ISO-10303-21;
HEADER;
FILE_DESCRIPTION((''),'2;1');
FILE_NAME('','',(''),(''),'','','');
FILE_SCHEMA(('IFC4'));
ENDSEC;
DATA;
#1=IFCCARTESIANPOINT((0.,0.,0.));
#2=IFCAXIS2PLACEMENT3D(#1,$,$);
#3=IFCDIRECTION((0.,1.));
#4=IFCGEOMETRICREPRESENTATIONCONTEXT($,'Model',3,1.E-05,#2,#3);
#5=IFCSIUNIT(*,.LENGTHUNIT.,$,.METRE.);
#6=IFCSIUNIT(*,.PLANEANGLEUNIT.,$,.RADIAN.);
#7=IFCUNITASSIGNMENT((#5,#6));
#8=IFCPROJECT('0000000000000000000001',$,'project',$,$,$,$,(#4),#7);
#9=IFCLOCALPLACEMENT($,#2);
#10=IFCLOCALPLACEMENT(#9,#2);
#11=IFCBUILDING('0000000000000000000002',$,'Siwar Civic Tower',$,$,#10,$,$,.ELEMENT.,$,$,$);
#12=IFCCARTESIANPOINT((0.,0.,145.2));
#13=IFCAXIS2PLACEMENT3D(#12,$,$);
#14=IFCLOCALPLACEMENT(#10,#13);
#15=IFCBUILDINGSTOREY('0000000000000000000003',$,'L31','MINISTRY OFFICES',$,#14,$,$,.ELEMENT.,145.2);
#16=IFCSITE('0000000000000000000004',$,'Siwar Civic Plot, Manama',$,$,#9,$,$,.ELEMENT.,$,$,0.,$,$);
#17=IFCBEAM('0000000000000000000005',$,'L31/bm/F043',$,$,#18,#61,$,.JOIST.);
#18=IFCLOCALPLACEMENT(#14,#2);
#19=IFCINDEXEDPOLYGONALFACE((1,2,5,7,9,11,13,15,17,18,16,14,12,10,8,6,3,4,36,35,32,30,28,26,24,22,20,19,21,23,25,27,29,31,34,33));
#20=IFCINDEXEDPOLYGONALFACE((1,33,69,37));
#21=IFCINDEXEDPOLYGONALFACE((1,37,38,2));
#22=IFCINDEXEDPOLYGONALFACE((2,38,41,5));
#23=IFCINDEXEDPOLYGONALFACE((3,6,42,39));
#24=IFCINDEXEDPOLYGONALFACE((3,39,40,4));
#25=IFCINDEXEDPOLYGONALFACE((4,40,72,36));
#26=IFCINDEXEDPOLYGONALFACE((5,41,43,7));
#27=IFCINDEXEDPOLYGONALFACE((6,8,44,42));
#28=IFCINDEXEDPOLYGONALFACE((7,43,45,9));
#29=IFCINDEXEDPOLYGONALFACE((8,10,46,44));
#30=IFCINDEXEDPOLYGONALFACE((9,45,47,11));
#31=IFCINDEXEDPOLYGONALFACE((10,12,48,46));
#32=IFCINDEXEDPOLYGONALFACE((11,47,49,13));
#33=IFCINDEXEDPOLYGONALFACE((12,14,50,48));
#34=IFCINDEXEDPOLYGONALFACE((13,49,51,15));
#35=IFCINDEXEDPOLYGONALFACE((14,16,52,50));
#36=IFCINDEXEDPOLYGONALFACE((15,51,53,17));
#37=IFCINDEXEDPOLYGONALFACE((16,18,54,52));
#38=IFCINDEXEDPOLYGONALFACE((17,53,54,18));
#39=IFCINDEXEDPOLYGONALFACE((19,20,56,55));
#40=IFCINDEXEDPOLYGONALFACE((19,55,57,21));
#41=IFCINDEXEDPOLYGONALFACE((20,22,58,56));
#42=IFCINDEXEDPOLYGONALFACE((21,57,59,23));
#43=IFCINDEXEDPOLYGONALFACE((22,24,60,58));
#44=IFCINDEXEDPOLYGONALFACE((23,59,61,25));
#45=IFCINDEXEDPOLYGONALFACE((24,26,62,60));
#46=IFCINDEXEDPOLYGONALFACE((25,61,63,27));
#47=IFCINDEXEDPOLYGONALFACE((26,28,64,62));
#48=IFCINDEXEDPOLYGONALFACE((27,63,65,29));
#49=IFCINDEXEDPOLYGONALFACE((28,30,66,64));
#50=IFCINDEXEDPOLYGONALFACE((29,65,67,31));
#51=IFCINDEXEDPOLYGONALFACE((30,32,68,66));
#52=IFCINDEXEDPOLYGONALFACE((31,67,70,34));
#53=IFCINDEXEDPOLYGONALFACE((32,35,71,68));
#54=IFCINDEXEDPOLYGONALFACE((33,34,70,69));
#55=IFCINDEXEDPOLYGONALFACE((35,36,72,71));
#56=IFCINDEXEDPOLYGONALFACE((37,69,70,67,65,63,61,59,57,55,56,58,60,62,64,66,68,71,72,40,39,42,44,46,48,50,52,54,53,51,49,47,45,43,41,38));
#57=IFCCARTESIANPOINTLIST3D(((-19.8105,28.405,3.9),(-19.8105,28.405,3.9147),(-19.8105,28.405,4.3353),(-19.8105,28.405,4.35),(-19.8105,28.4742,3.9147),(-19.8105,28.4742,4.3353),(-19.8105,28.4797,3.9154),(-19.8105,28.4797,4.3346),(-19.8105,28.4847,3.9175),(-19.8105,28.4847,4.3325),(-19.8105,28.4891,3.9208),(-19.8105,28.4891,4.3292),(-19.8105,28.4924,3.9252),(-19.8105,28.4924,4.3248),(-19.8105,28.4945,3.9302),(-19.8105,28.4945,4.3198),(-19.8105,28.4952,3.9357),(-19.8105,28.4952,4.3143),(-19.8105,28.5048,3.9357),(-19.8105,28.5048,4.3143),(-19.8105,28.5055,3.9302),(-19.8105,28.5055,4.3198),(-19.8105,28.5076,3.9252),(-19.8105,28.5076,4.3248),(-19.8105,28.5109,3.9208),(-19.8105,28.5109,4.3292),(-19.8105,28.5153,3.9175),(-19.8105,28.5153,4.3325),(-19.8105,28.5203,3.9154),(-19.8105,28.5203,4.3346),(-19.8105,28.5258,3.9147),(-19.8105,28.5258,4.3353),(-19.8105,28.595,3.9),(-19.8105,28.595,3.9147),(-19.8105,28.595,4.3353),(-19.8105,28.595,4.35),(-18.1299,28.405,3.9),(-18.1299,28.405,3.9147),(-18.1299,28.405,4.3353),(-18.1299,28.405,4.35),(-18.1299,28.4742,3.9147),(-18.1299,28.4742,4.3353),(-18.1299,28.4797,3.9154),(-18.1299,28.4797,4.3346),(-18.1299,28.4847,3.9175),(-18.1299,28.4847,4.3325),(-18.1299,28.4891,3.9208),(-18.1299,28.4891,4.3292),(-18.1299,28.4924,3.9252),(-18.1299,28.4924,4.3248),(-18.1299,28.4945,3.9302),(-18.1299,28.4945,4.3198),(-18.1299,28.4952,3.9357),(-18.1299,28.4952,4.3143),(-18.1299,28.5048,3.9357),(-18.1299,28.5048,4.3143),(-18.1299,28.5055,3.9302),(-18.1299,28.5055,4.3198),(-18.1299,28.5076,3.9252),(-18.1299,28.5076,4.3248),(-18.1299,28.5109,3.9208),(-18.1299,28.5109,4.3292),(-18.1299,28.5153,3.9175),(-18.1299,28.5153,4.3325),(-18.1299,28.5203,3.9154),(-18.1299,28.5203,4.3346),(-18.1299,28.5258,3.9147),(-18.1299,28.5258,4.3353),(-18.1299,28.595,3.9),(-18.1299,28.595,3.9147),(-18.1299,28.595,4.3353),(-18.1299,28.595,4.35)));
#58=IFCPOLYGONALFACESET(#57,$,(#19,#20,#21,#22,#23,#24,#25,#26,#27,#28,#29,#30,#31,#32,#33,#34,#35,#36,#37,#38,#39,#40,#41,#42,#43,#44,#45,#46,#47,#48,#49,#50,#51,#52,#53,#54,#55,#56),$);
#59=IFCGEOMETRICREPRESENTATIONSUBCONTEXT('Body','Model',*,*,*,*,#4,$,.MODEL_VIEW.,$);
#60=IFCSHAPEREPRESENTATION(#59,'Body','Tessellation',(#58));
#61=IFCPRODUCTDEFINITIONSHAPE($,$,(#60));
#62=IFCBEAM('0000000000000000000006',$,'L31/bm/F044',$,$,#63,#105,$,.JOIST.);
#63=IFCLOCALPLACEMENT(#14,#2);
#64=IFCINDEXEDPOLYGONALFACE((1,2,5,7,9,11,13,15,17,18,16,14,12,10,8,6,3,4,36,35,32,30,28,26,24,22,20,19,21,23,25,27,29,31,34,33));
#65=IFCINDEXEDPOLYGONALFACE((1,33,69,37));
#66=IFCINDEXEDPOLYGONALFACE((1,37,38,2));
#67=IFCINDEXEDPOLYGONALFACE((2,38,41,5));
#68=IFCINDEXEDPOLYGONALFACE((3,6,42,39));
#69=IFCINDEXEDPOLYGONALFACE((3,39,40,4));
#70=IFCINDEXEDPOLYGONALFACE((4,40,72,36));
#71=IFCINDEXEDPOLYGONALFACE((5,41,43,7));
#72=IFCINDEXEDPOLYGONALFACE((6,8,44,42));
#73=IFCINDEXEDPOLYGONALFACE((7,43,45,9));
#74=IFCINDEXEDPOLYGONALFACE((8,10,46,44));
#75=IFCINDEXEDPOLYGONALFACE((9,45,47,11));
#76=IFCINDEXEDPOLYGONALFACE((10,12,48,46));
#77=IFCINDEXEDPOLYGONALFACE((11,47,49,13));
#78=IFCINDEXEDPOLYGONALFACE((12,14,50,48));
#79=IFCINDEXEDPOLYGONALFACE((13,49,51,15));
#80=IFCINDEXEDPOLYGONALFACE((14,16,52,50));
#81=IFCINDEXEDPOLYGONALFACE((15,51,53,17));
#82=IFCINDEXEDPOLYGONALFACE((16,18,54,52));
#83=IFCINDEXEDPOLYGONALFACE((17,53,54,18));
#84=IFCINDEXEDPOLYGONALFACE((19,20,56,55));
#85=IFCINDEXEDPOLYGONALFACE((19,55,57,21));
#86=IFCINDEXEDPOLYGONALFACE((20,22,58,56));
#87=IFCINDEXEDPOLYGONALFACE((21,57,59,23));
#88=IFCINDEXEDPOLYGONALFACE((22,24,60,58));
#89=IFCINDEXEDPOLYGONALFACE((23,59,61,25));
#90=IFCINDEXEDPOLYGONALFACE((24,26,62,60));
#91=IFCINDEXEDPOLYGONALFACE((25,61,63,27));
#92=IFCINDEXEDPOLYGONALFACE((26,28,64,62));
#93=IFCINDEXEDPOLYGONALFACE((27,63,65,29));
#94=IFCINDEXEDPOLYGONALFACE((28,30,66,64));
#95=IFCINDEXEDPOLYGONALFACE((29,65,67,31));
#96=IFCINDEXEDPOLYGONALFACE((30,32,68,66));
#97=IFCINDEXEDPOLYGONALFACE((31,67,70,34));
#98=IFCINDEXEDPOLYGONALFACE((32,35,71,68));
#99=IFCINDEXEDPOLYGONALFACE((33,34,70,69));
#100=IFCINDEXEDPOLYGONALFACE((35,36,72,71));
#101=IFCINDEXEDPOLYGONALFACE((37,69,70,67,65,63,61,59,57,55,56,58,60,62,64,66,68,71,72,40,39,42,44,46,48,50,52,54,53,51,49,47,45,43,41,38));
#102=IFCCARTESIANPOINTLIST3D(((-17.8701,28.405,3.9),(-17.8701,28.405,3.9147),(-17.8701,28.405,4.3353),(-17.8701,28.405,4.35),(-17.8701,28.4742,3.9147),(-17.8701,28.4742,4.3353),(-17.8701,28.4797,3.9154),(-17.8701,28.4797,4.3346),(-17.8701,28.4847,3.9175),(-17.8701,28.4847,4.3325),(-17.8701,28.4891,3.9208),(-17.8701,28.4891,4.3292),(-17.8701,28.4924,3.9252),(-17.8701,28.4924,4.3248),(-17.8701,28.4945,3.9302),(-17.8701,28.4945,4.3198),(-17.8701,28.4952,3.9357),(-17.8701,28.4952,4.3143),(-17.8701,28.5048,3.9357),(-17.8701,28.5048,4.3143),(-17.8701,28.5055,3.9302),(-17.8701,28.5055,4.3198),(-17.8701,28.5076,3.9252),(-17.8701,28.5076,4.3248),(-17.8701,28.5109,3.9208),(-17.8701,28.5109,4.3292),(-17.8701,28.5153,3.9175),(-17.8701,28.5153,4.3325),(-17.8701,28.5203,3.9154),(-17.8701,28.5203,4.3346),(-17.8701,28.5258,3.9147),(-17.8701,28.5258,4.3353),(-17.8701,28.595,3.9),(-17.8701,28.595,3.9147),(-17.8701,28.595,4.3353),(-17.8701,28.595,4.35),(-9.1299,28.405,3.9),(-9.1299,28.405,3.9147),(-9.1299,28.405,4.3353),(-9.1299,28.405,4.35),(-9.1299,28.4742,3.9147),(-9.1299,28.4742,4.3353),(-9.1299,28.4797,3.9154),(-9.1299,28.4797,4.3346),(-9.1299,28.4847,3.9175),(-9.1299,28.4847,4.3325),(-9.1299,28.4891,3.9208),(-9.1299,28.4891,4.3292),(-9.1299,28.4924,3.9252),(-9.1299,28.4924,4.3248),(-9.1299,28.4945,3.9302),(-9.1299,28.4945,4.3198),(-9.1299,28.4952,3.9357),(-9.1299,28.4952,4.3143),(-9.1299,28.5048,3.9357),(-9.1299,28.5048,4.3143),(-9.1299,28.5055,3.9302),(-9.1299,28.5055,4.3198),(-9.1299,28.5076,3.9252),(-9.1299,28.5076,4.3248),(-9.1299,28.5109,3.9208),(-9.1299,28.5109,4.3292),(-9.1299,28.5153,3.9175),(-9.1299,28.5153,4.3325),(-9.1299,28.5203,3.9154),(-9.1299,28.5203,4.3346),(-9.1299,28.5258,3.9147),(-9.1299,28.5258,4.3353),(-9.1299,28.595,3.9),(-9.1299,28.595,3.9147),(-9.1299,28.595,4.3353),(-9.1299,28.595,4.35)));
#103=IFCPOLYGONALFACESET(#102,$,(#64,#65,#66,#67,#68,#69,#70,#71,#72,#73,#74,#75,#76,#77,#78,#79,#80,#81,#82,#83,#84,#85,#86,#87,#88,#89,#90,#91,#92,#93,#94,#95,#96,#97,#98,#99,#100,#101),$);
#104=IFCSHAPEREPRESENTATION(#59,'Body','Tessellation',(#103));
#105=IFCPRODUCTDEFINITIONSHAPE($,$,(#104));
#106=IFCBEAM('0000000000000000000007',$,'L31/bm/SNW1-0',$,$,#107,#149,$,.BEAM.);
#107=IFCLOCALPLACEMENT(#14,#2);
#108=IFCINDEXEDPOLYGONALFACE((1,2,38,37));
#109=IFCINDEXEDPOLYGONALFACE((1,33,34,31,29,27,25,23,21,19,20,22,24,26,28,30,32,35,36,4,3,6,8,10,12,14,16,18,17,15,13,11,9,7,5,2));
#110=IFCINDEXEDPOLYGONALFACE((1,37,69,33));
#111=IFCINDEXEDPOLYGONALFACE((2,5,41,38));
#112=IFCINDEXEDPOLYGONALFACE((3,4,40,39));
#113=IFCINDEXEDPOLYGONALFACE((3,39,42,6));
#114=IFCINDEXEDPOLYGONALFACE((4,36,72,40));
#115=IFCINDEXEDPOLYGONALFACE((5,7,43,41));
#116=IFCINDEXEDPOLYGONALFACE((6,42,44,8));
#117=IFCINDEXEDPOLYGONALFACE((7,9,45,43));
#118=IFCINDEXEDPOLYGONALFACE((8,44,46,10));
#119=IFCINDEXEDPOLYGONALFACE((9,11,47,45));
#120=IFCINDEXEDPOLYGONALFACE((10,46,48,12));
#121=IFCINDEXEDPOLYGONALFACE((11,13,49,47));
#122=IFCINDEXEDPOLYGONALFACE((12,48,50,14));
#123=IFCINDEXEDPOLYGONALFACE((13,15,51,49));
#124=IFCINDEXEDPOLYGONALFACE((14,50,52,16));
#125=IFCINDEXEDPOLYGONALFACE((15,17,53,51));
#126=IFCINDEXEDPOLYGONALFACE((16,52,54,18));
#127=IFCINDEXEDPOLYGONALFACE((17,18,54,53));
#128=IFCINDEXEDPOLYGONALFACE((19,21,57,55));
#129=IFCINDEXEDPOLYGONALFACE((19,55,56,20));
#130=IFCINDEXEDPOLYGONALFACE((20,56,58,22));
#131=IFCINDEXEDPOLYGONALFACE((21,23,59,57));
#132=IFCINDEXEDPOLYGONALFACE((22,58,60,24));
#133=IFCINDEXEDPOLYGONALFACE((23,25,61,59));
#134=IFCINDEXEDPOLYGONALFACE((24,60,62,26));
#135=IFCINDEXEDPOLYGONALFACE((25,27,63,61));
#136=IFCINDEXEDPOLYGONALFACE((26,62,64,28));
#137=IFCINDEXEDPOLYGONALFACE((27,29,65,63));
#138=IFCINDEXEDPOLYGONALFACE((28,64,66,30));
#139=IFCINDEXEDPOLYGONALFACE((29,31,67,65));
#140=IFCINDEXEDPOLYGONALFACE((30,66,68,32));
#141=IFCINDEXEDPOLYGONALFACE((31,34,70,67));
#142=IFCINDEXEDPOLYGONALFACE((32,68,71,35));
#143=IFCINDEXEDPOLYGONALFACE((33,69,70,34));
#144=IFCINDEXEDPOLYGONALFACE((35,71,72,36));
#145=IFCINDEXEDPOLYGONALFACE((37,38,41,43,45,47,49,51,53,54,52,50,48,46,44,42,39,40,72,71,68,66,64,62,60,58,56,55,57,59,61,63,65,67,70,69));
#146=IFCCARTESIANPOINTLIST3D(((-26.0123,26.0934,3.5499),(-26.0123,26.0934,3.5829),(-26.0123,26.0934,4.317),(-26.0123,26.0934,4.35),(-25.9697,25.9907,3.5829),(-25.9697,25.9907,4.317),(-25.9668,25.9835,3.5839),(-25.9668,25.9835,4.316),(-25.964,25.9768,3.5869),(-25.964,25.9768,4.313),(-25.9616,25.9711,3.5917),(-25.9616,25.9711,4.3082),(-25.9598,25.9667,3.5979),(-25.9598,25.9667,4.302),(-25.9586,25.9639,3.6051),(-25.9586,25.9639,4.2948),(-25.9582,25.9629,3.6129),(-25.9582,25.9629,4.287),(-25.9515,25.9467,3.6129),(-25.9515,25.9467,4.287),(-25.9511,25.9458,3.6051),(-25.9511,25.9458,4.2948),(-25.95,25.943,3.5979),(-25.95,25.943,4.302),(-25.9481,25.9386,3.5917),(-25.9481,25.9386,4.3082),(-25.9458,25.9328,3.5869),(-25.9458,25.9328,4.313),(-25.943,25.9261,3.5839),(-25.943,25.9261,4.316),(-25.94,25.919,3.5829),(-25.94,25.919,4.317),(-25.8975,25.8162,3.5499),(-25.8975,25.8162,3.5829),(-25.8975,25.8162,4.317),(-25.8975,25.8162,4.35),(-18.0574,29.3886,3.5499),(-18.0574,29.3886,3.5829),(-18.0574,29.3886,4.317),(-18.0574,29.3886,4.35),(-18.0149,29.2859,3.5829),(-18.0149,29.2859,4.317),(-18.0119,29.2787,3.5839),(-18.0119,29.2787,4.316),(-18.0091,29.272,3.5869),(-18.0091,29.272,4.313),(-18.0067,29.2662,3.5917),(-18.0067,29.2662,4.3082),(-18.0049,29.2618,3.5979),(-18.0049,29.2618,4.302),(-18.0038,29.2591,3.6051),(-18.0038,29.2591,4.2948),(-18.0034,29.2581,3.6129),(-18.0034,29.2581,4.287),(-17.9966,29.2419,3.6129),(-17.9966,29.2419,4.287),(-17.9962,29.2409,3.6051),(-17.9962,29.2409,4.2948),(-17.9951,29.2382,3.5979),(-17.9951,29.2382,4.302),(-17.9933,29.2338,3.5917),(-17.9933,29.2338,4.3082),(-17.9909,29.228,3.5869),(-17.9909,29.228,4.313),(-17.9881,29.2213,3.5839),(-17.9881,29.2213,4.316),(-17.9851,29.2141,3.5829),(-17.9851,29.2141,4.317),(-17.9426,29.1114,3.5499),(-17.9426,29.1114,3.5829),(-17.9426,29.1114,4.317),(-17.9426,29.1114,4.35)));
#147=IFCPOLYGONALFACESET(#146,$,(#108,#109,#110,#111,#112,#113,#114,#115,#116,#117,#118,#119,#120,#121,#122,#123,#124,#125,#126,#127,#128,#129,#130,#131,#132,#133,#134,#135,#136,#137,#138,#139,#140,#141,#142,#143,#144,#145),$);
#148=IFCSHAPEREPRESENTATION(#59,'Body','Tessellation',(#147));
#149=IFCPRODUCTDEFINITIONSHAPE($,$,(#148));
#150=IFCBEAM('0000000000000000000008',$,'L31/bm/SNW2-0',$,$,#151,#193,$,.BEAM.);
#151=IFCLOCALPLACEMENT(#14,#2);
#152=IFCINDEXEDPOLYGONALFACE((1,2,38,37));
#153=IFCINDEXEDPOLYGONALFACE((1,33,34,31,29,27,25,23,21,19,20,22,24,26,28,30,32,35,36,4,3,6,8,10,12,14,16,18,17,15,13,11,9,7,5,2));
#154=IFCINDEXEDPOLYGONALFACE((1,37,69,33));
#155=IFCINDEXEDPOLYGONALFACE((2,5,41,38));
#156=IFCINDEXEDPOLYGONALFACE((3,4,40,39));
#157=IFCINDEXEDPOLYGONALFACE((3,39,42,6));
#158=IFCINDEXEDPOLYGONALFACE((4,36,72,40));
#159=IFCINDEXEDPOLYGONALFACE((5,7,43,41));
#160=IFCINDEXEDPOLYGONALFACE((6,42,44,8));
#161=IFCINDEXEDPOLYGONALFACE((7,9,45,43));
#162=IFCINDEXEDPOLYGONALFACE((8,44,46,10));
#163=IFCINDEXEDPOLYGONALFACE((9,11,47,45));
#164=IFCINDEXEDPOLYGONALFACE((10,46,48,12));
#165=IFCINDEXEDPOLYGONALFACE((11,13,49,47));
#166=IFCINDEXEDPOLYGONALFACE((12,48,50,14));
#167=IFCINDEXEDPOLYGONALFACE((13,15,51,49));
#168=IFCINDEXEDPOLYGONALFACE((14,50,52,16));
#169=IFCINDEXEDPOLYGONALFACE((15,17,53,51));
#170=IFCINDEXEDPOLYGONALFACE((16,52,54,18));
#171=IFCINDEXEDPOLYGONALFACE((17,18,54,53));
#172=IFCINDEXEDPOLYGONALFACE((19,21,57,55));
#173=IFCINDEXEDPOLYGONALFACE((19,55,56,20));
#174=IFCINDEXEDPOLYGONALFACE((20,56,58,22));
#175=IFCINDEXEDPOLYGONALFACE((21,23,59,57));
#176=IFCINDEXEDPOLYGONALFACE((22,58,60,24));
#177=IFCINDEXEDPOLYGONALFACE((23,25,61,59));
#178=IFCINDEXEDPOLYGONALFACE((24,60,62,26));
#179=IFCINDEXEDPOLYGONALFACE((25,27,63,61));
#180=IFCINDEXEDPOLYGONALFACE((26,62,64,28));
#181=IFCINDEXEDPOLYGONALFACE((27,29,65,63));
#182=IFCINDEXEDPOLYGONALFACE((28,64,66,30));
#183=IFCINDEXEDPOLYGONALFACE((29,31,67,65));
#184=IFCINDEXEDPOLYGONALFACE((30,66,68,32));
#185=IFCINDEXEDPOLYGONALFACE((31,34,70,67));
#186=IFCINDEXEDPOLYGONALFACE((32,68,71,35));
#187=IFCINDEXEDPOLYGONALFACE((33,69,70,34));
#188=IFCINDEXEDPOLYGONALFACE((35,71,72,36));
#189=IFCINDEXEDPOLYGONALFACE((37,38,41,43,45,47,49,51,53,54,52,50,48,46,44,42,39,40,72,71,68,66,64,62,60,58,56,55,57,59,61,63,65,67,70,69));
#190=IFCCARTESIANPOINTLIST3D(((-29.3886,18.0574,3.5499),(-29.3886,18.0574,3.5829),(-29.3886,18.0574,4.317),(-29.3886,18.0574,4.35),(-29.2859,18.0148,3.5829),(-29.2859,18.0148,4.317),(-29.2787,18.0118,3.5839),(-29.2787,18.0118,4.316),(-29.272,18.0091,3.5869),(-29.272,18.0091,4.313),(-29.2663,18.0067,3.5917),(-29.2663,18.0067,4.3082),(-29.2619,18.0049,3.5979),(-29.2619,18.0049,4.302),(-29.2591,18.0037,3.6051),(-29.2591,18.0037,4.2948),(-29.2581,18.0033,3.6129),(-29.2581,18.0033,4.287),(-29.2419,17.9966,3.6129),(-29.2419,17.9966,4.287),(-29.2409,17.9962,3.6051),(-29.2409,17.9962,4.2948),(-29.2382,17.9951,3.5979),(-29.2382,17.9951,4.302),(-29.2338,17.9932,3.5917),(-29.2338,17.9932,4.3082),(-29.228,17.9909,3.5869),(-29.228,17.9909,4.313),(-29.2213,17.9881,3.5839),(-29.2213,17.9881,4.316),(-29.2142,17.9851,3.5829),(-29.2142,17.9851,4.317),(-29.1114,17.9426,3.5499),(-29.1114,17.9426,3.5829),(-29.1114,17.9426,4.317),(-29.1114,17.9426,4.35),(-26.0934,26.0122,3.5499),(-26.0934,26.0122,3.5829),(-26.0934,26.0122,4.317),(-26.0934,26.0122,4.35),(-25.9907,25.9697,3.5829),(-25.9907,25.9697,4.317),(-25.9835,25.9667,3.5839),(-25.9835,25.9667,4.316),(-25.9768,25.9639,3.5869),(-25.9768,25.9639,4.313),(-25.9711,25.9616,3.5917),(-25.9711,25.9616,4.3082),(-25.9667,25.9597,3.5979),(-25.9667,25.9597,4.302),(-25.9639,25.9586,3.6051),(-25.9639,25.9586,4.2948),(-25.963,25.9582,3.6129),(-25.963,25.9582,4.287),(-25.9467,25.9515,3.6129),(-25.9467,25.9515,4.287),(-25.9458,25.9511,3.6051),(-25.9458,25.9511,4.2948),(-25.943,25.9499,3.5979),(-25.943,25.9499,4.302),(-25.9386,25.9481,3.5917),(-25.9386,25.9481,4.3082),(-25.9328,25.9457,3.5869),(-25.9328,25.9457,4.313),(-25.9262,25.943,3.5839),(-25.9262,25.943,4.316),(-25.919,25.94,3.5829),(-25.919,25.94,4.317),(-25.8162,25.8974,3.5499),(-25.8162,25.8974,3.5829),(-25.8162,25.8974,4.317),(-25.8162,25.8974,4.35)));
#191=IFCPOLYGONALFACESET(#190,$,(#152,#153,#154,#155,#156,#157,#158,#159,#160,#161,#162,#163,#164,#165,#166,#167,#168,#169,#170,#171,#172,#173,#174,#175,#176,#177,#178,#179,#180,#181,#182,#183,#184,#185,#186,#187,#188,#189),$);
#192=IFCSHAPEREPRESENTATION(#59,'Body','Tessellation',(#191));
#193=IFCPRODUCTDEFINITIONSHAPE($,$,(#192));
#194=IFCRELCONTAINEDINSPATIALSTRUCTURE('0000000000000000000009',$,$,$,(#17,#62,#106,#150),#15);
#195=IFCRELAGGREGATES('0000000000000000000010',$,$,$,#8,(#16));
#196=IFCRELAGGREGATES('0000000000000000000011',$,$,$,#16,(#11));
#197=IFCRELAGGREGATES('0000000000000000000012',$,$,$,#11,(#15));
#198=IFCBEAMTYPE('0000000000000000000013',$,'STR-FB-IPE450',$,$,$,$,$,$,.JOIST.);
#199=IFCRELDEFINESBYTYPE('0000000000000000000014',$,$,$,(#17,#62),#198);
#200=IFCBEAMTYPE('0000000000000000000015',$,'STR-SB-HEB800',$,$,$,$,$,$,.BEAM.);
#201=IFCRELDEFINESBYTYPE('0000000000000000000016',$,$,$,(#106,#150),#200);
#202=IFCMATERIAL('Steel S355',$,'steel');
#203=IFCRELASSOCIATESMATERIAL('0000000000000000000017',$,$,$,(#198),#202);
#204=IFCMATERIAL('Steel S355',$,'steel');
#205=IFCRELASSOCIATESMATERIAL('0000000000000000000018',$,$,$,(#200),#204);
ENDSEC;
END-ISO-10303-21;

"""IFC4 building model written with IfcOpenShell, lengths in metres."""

from ifc_helpers import new_model, si_unit, direction, frame, origin, origin_2d, place, context, subcontext, project, spatial, i_section, extrude, material, material_profile, profile_set, type_object, element, save


model = new_model("IFC4")

# Units and contexts
model_context = context("Model", 3, precision=1e-05, world=origin(), true_north=direction((0.0, 1.0)))
body_context = subcontext(model_context, "Body", "Model", "MODEL_VIEW")
ifc_project = project(units=[si_unit("LENGTHUNIT", "METRE"), si_unit("PLANEANGLEUNIT", "RADIAN")], contexts=[model_context])

# Site, building, storey
site_placement = place(None, origin())
site = spatial("IfcSite", under=ifc_project, at=site_placement, Name="Siwar Civic Plot, Manama", CompositionType="ELEMENT", RefElevation=0.0)
building_placement = place(site_placement, origin())
building = spatial("IfcBuilding", under=site, at=building_placement, Name="Siwar Civic Tower", CompositionType="ELEMENT")
storey_placement = place(building_placement, frame((0.0, 0.0, 145.2)))
storey = spatial("IfcBuildingStorey", under=building, at=storey_placement, Name="L31", Description="MINISTRY OFFICES", CompositionType="ELEMENT", Elevation=145.2)

# Beams
ifc_material_1 = material(Name="Steel S355", Category="steel")
ifc_material_profile_1 = material_profile(ifc_material_1, i_section(OverallWidth=0.1899, OverallDepth=0.45, WebThickness=0.0095, FlangeThickness=0.0146, FilletRadius=0.021, at=origin_2d()), Name="IPE450")
ifc_profile_set_1 = profile_set([ifc_material_profile_1], Name="Steel S355")
beam_type_1 = type_object("IfcBeamType", Name="STR-FB-IPE450", PredefinedType="JOIST", material=ifc_profile_set_1)
beam_1_placement = place(storey_placement, frame((-19.8105, 28.5, 4.125), z_axis=(1.0, 0.0, 0.0), x_axis=(0.0, 1.0, 0.0)))
element("IfcBeam", 1, at=beam_1_placement, inside=storey, type_object=beam_type_1, Name="L31/bm/F043", PredefinedType="JOIST", context=body_context, shape_type="SweptSolid", body=[
    extrude(i_section(OverallWidth=0.1899, OverallDepth=0.45, WebThickness=0.0095, FlangeThickness=0.0146, FilletRadius=0.021, at=origin_2d()), origin(), (0.0, 0.0, 1.0), 1.6807),
])
beam_2_placement = place(storey_placement, frame((-17.8701, 28.5, 4.125), z_axis=(1.0, 0.0, 0.0), x_axis=(0.0, 1.0, 0.0)))
element("IfcBeam", 2, at=beam_2_placement, inside=storey, type_object=beam_type_1, Name="L31/bm/F044", PredefinedType="JOIST", context=body_context, shape_type="SweptSolid", body=[
    extrude(i_section(OverallWidth=0.1899, OverallDepth=0.45, WebThickness=0.0095, FlangeThickness=0.0146, FilletRadius=0.021, at=origin_2d()), origin(), (0.0, 0.0, 1.0), 8.7402),
])
ifc_material_2 = material(Name="Steel S355", Category="steel")
ifc_material_profile_2 = material_profile(ifc_material_2, i_section(OverallWidth=0.3, OverallDepth=0.8, WebThickness=0.0176, FlangeThickness=0.033, FilletRadius=0.03, at=origin_2d()), Name="HEB800")
ifc_profile_set_2 = profile_set([ifc_material_profile_2], Name="Steel S355")
beam_type_2 = type_object("IfcBeamType", Name="STR-SB-HEB800", PredefinedType="BEAM", material=ifc_profile_set_2)
for number, where, z_axis, x_axis, name in (
    (3, (-18.0, 29.25, 3.95), (-0.923873, -0.3827, 0.0), (0.3827, -0.923873, 0.0), "L31/bm/SNW1-0"),
    (4, (-25.9548, 25.9548, 3.95), (-0.3827, -0.923873, 0.0), (0.923873, -0.3827, 0.0), "L31/bm/SNW2-0"),
):
    element("IfcBeam", number, at=place(storey_placement, frame(where, z_axis=z_axis, x_axis=x_axis)), inside=storey, type_object=beam_type_2, Name=name, PredefinedType="BEAM", context=body_context, shape_type="SweptSolid", body=[
        extrude(i_section(OverallWidth=0.3, OverallDepth=0.8, WebThickness=0.0176, FlangeThickness=0.033, FilletRadius=0.03, at=origin_2d()), origin(), (0.0, 0.0, 1.0), 8.6104),
    ])

save(model, "model.ifc")
